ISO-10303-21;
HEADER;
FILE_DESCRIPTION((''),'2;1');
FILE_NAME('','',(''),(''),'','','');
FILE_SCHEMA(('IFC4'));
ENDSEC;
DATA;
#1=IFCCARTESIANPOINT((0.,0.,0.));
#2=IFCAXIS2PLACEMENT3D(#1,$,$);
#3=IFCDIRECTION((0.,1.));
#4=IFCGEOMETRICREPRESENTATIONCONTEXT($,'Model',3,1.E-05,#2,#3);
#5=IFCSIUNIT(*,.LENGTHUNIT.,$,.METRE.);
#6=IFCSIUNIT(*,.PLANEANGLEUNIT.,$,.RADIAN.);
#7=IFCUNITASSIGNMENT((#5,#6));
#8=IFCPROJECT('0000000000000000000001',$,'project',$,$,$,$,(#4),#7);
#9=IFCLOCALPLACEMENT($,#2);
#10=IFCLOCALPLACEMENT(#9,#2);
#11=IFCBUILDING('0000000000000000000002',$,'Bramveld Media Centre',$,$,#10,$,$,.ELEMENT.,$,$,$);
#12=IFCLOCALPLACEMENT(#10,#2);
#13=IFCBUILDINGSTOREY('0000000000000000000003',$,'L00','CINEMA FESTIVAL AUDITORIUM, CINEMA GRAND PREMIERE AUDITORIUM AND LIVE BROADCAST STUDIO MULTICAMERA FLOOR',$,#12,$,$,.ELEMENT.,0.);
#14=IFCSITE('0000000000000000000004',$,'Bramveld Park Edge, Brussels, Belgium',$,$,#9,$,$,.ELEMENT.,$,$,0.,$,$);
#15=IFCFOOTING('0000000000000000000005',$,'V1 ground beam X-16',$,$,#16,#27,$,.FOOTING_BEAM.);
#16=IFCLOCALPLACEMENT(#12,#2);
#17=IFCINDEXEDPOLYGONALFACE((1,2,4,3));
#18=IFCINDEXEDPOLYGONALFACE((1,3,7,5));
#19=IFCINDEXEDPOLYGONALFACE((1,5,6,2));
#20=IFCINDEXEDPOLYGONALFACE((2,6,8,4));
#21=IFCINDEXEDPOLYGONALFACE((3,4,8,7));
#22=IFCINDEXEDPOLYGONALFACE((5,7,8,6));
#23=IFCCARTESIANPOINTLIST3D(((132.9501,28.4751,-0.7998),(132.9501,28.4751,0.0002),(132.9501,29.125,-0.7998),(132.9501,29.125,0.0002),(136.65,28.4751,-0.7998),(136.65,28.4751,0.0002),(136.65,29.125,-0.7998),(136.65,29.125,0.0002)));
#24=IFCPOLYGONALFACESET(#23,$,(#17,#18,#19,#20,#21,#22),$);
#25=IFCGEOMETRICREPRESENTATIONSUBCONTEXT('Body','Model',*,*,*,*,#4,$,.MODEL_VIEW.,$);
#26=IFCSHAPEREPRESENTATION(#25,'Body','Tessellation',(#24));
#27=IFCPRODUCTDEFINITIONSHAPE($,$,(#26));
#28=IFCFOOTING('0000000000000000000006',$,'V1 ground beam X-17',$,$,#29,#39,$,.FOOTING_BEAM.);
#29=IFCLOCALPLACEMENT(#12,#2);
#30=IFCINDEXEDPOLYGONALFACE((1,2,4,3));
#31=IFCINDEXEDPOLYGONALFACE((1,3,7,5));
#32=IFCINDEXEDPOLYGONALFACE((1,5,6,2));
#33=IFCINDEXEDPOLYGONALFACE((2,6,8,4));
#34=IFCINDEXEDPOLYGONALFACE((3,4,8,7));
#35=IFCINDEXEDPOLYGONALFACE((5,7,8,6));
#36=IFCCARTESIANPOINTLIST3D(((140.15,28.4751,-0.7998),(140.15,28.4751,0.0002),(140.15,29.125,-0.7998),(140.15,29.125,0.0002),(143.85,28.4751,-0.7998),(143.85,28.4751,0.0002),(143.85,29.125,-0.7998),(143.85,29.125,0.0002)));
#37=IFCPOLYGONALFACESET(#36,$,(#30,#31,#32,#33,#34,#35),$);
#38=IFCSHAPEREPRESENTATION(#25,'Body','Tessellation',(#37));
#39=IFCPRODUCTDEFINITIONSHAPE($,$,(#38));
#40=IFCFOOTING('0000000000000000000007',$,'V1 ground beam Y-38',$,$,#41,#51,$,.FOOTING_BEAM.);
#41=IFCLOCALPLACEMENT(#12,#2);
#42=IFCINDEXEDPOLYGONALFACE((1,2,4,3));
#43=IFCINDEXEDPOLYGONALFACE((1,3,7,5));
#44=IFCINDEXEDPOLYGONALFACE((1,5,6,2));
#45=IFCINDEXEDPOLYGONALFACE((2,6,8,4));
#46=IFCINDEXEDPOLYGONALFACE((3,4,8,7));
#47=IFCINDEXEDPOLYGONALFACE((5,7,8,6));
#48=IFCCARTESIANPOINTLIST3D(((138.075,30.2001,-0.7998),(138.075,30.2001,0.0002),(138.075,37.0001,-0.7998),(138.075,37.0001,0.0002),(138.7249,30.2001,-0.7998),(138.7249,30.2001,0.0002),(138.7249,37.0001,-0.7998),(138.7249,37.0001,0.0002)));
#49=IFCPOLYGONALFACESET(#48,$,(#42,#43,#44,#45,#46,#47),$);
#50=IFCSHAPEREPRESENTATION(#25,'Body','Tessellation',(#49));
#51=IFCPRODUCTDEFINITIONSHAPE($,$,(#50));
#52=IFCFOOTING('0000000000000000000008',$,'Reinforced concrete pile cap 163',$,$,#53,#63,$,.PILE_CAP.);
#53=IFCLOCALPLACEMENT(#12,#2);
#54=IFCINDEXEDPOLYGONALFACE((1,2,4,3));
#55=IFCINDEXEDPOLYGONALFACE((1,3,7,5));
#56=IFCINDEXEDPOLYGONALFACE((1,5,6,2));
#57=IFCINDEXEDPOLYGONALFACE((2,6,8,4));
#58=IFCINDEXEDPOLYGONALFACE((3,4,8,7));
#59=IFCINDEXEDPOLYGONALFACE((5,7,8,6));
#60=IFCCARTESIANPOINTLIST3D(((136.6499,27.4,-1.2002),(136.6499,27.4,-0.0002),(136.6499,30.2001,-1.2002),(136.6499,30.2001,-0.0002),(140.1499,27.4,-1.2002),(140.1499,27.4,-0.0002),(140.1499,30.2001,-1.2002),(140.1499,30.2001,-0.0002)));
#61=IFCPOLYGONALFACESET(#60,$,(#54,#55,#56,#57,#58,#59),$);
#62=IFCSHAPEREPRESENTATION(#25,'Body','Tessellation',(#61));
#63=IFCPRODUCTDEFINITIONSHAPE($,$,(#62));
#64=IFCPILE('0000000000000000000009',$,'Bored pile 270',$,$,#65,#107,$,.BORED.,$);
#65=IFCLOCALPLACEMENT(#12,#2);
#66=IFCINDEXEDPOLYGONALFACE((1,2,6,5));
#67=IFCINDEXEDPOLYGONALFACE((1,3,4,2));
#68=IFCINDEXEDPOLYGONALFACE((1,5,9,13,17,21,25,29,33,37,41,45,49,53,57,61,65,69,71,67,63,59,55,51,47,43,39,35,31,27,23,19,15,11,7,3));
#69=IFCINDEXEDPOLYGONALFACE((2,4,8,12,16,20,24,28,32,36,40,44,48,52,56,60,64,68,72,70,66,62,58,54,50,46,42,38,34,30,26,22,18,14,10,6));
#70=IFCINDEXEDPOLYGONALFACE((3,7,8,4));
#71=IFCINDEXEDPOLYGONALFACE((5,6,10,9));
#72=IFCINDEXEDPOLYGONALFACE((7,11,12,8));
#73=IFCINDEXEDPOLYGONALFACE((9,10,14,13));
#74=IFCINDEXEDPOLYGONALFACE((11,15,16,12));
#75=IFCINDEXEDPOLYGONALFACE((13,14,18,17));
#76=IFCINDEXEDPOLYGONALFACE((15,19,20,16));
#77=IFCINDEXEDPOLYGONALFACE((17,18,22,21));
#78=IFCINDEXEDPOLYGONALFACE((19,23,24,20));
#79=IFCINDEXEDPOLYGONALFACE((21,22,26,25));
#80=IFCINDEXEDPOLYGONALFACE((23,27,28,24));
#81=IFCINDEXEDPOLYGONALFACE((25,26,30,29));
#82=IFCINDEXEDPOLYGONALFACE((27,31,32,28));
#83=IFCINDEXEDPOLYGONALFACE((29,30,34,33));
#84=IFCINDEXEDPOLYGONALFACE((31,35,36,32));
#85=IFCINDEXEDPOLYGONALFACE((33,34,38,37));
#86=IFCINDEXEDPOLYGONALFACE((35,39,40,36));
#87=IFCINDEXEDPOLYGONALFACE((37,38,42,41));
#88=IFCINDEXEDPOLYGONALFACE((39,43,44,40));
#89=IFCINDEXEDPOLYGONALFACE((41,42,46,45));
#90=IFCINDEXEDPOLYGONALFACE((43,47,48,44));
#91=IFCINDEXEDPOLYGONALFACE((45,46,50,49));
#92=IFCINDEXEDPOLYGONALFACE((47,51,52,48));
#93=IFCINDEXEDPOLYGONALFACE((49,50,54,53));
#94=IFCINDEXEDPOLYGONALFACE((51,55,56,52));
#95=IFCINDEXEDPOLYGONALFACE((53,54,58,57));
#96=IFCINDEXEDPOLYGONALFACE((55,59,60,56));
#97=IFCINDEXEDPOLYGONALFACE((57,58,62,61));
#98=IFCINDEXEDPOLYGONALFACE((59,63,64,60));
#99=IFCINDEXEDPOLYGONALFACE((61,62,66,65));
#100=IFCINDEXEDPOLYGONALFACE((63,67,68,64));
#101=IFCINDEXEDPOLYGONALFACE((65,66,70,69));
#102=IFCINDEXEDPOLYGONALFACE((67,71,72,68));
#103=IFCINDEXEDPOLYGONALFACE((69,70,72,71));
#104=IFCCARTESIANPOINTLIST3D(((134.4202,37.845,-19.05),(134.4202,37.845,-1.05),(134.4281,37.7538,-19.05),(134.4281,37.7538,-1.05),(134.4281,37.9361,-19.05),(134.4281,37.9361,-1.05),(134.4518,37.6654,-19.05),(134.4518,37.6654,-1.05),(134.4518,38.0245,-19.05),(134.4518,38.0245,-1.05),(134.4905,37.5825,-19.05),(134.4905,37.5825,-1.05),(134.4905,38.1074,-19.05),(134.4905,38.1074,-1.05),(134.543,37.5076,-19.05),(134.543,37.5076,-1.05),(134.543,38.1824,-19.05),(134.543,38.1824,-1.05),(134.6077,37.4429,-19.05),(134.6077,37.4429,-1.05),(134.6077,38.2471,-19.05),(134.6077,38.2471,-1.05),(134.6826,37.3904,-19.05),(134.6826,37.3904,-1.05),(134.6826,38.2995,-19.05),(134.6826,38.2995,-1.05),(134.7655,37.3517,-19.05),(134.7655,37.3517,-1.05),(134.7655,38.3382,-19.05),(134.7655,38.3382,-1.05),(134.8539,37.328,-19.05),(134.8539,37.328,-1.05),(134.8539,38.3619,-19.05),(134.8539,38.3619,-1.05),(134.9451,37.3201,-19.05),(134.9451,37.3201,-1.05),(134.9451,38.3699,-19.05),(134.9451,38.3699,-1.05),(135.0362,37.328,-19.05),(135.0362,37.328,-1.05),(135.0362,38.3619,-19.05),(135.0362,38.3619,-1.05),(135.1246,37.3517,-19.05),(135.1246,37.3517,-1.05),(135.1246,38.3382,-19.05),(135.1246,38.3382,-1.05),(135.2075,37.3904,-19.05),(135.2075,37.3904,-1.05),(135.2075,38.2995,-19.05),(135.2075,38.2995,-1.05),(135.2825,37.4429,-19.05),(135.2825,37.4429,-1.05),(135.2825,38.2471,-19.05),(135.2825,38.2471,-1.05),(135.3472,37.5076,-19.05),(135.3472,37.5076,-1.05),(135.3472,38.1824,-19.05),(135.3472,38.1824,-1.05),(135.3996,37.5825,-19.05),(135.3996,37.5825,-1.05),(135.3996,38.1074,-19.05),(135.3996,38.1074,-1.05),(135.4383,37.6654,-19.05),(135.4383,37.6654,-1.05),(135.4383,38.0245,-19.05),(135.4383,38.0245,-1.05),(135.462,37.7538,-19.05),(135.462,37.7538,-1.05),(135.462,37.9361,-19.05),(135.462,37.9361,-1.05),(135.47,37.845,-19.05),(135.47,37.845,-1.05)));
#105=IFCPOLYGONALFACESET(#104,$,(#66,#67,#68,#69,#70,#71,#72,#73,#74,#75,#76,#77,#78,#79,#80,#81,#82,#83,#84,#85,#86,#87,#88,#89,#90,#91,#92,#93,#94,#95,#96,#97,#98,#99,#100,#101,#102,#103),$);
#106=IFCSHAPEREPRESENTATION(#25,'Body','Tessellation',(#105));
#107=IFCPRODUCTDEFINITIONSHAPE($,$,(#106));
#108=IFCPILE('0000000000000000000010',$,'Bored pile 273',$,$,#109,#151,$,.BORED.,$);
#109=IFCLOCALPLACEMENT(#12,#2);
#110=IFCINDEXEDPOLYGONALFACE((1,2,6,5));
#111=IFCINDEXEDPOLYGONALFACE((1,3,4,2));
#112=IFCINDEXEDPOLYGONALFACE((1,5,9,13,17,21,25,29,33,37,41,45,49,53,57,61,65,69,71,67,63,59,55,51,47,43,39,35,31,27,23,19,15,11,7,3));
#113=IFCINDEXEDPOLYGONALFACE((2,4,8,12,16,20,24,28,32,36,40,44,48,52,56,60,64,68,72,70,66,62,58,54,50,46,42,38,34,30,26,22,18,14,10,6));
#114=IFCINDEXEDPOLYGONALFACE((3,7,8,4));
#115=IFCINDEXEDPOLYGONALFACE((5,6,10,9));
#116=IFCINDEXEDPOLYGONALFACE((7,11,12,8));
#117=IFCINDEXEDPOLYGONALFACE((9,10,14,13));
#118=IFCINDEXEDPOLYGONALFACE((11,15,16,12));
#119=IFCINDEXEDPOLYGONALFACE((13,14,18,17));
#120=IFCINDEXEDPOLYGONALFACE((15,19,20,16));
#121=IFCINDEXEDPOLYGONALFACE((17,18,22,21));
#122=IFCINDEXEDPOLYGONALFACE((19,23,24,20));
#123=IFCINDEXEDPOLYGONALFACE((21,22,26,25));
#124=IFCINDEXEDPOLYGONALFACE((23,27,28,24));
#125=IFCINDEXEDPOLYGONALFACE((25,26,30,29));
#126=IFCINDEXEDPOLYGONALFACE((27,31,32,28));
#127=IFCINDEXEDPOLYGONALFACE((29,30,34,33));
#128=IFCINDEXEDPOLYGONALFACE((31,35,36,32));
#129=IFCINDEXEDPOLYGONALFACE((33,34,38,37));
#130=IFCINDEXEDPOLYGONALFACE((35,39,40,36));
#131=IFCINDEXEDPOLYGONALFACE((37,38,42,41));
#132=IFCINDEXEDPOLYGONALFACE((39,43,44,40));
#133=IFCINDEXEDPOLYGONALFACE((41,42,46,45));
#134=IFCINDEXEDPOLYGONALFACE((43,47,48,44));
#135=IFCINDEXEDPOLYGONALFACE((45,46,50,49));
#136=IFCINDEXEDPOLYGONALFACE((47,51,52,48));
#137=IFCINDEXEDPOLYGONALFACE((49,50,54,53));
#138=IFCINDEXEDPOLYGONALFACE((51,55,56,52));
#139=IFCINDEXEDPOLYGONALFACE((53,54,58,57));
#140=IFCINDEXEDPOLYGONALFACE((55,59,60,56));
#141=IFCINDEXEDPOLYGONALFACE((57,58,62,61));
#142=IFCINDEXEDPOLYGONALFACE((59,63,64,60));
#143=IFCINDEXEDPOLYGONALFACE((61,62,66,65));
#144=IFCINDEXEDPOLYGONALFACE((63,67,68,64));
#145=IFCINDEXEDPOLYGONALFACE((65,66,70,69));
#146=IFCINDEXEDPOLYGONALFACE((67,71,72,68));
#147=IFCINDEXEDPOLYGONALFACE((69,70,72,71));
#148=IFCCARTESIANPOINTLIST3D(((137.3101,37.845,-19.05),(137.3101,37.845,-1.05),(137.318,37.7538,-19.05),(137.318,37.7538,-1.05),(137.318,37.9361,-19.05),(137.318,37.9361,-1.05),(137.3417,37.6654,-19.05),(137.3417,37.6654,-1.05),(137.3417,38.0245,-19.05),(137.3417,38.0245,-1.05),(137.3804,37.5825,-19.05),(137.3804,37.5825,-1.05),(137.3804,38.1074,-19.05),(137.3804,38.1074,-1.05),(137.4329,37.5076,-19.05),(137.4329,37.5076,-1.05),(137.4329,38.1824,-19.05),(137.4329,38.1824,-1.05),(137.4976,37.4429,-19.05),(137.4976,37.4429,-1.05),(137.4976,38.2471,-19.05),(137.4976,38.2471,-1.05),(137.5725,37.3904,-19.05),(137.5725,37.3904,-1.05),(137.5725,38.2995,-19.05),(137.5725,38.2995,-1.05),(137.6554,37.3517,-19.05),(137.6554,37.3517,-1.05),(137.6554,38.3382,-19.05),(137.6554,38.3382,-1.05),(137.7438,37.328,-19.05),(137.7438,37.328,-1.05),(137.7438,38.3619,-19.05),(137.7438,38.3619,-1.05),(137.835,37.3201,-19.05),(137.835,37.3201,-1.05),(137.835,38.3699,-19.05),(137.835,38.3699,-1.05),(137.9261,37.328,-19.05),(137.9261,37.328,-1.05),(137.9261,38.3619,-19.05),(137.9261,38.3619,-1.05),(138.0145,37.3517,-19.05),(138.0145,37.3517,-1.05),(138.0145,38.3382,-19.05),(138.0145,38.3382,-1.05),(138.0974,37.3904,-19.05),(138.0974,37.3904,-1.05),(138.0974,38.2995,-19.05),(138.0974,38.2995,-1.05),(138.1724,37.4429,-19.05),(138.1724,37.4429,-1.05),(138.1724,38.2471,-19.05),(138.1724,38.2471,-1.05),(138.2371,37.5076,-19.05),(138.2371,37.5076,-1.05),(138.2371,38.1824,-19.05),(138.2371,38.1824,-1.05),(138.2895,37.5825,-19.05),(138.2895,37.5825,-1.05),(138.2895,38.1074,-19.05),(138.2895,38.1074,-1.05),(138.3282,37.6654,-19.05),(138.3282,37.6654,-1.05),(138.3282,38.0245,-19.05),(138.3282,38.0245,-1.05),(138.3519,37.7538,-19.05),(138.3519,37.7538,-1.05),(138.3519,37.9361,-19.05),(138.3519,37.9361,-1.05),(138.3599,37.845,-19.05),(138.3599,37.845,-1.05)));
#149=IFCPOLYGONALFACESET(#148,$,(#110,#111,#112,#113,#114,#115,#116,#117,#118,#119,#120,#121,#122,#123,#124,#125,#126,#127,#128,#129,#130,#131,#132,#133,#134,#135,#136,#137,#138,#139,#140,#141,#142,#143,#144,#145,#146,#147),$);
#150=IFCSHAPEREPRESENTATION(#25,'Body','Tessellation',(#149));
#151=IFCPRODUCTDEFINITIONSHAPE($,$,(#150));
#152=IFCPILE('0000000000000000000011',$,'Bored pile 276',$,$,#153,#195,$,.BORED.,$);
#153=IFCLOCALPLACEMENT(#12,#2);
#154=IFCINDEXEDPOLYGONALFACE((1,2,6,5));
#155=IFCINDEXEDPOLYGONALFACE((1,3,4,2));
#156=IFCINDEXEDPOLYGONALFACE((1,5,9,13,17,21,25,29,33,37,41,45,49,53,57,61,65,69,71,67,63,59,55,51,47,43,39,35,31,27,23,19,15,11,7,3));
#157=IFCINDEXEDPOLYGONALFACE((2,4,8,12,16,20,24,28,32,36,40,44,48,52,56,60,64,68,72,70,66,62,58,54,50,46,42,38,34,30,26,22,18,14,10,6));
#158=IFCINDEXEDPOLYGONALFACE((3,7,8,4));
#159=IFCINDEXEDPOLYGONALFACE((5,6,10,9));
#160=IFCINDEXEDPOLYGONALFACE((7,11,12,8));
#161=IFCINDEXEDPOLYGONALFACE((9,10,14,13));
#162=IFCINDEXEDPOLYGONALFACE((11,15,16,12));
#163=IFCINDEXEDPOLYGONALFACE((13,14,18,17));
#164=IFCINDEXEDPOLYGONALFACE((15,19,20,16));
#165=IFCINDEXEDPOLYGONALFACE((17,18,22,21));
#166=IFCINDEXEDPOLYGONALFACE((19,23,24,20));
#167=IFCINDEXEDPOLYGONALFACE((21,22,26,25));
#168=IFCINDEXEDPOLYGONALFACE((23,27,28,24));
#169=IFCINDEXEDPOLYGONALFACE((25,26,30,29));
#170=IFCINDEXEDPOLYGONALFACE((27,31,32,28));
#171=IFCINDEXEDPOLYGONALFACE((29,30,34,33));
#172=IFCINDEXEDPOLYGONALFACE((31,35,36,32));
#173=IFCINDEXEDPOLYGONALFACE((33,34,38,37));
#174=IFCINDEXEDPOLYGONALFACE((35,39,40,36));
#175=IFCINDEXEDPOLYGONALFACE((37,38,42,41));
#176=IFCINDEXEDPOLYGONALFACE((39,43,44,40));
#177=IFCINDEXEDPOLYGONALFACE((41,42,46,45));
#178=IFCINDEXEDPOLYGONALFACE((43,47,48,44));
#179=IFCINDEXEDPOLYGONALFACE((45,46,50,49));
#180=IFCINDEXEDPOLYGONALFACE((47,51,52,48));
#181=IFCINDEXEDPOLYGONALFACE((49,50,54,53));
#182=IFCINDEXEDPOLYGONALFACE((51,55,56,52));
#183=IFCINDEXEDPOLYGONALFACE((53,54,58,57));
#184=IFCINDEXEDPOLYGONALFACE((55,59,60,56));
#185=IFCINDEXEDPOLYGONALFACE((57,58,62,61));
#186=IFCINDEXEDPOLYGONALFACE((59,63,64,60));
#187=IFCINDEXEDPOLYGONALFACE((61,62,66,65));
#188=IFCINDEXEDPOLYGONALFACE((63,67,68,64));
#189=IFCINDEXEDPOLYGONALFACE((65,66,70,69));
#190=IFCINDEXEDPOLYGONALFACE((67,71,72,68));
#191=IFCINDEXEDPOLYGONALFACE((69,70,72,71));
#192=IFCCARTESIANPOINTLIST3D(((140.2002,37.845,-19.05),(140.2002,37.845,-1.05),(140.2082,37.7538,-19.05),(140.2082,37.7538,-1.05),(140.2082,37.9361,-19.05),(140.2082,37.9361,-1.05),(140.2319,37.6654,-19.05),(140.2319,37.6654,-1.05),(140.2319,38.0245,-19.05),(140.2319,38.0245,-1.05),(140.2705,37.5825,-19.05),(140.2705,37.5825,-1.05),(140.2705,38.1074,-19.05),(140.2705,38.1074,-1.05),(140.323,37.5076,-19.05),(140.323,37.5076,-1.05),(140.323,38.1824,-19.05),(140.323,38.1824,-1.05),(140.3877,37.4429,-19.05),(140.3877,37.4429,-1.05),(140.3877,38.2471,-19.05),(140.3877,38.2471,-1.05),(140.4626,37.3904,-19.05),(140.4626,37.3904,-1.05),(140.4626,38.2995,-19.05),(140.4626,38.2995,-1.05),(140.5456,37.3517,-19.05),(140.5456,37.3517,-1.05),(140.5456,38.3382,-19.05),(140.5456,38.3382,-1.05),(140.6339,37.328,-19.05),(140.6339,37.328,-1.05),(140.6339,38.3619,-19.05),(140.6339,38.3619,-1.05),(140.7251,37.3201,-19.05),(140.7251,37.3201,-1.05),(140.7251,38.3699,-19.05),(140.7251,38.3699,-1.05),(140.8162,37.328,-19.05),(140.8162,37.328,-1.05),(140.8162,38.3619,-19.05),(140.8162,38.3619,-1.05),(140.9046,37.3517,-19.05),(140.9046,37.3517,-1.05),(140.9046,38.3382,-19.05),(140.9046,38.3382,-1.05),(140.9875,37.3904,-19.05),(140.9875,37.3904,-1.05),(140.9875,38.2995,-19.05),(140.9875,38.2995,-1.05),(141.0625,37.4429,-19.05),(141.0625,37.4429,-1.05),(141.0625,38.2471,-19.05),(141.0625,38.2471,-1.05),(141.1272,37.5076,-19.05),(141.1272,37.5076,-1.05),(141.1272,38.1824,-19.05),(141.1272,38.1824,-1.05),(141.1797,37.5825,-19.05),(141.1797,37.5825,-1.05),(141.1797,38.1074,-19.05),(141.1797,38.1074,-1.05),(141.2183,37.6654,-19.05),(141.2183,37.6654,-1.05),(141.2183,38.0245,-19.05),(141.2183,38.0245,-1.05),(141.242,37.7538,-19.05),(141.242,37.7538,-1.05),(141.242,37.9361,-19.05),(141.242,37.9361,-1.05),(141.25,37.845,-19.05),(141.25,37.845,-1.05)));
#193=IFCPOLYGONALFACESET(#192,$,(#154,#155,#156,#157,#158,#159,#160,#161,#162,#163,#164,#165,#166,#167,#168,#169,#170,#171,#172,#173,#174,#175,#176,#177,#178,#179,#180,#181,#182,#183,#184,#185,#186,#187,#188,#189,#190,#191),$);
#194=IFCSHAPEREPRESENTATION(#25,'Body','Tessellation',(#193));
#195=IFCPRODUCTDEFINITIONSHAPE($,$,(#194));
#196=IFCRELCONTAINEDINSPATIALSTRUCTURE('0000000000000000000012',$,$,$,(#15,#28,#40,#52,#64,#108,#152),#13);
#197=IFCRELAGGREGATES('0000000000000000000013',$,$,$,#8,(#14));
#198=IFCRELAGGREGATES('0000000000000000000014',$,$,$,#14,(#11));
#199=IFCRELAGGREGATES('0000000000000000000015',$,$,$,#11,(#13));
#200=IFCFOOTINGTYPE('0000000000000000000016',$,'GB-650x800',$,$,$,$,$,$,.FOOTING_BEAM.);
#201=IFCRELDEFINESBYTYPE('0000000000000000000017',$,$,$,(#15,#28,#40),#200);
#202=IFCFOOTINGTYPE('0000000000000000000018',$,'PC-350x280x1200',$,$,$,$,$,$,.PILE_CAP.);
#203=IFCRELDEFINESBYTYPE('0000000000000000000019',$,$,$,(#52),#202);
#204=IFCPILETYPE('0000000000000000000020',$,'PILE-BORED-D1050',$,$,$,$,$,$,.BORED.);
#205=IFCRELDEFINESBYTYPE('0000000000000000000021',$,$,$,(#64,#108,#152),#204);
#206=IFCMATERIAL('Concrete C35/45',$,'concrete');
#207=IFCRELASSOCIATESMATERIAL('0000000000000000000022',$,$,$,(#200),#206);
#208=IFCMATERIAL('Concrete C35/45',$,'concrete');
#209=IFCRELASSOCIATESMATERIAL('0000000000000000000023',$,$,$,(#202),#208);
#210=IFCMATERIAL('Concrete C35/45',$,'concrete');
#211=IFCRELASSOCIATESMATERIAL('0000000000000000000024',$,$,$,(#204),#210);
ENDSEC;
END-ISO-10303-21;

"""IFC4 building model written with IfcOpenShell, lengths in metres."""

from ifc_helpers import new_model, si_unit, direction, frame, origin, origin_2d, place, context, subcontext, project, spatial, rectangle, circle, extrude, material, material_profile, profile_set, type_object, element, save


model = new_model("IFC4")

# Units and contexts
model_context = context("Model", 3, precision=1e-05, world=origin(), true_north=direction((0.0, 1.0)))
body_context = subcontext(model_context, "Body", "Model", "MODEL_VIEW")
ifc_project = project(units=[si_unit("LENGTHUNIT", "METRE"), si_unit("PLANEANGLEUNIT", "RADIAN")], contexts=[model_context])

# Site, building, storey
site_placement = place(None, origin())
site = spatial("IfcSite", under=ifc_project, at=site_placement, Name="Bramveld Park Edge, Brussels, Belgium", CompositionType="ELEMENT", RefElevation=0.0)
building_placement = place(site_placement, origin())
building = spatial("IfcBuilding", under=site, at=building_placement, Name="Bramveld Media Centre", CompositionType="ELEMENT")
storey_placement = place(building_placement, origin())
storey = spatial("IfcBuildingStorey", under=building, at=storey_placement, Name="L00", Description="CINEMA FESTIVAL AUDITORIUM, CINEMA GRAND PREMIERE AUDITORIUM AND LIVE BROADCAST STUDIO MULTICAMERA FLOOR", CompositionType="ELEMENT", Elevation=0.0)

# Footings
ifc_material_1 = material(Name="Concrete C35/45", Category="concrete")
footing_type_1 = type_object("IfcFootingType", Name="GB-650x800", PredefinedType="FOOTING_BEAM", material=ifc_material_1)
for number, where, z_axis, x_axis, name in (
    (1, (134.8, 28.8, -0.7998), (0.0, 0.0, 1.0), (1.0, 0.0, 0.0), "V1 ground beam X-16"),
    (2, (142.0, 28.8, -0.7998), (0.0, 0.0, 1.0), (1.0, 0.0, 0.0), "V1 ground beam X-17"),
):
    element("IfcFooting", number, at=place(storey_placement, frame(where, z_axis=z_axis, x_axis=x_axis)), inside=storey, type_object=footing_type_1, Name=name, PredefinedType="FOOTING_BEAM", context=body_context, shape_type="SweptSolid", body=[
        extrude(rectangle(XDim=3.7, YDim=0.6499, at=origin_2d()), origin(), (0.0, 0.0, 1.0), 0.8),
    ])
footing_1_placement = place(storey_placement, frame((138.3999, 33.6001, -0.7998), z_axis=(0.0, 0.0, 1.0), x_axis=(1.0, 0.0, 0.0)))
element("IfcFooting", 3, at=footing_1_placement, inside=storey, type_object=footing_type_1, Name="V1 ground beam Y-38", PredefinedType="FOOTING_BEAM", context=body_context, shape_type="SweptSolid", body=[
    extrude(rectangle(XDim=0.6499, YDim=6.8, at=origin_2d()), origin(), (0.0, 0.0, 1.0), 0.8),
])
ifc_material_2 = material(Name="Concrete C35/45", Category="concrete")
footing_type_2 = type_object("IfcFootingType", Name="PC-350x280x1200", PredefinedType="PILE_CAP", material=ifc_material_2)
footing_2_placement = place(storey_placement, frame((138.3999, 28.8, -1.2002), z_axis=(0.0, 0.0, 1.0), x_axis=(1.0, 0.0, 0.0)))
element("IfcFooting", 4, at=footing_2_placement, inside=storey, type_object=footing_type_2, Name="Reinforced concrete pile cap 163", PredefinedType="PILE_CAP", context=body_context, shape_type="SweptSolid", body=[
    extrude(rectangle(XDim=3.5, YDim=2.8, at=origin_2d()), origin(), (0.0, 0.0, 1.0), 1.2),
])

# Piles
ifc_material_3 = material(Name="Concrete C35/45", Category="concrete")
ifc_material_profile_1 = material_profile(ifc_material_3, circle(Radius=0.5249, at=origin_2d()), Name="BORED D1050")
ifc_profile_set_1 = profile_set([ifc_material_profile_1], Name="Concrete C35/45")
pile_type_1 = type_object("IfcPileType", Name="PILE-BORED-D1050", PredefinedType="BORED", material=ifc_profile_set_1)
for number, where, z_axis, x_axis, name in (
    (5, (134.9451, 37.845, -1.05), (0.0, 0.0, -1.0), (1.0, 0.0, 0.0), "Bored pile 270"),
    (6, (137.835, 37.845, -1.05), (0.0, 0.0, -1.0), (1.0, 0.0, 0.0), "Bored pile 273"),
    (7, (140.7251, 37.845, -1.05), (0.0, 0.0, -1.0), (1.0, 0.0, 0.0), "Bored pile 276"),
):
    element("IfcPile", number, at=place(storey_placement, frame(where, z_axis=z_axis, x_axis=x_axis)), inside=storey, type_object=pile_type_1, Name=name, PredefinedType="BORED", context=body_context, shape_type="SweptSolid", body=[
        extrude(circle(Radius=0.5249, at=origin_2d()), origin(), (0.0, 0.0, 1.0), 18.0),
    ])

save(model, "model.ifc")
